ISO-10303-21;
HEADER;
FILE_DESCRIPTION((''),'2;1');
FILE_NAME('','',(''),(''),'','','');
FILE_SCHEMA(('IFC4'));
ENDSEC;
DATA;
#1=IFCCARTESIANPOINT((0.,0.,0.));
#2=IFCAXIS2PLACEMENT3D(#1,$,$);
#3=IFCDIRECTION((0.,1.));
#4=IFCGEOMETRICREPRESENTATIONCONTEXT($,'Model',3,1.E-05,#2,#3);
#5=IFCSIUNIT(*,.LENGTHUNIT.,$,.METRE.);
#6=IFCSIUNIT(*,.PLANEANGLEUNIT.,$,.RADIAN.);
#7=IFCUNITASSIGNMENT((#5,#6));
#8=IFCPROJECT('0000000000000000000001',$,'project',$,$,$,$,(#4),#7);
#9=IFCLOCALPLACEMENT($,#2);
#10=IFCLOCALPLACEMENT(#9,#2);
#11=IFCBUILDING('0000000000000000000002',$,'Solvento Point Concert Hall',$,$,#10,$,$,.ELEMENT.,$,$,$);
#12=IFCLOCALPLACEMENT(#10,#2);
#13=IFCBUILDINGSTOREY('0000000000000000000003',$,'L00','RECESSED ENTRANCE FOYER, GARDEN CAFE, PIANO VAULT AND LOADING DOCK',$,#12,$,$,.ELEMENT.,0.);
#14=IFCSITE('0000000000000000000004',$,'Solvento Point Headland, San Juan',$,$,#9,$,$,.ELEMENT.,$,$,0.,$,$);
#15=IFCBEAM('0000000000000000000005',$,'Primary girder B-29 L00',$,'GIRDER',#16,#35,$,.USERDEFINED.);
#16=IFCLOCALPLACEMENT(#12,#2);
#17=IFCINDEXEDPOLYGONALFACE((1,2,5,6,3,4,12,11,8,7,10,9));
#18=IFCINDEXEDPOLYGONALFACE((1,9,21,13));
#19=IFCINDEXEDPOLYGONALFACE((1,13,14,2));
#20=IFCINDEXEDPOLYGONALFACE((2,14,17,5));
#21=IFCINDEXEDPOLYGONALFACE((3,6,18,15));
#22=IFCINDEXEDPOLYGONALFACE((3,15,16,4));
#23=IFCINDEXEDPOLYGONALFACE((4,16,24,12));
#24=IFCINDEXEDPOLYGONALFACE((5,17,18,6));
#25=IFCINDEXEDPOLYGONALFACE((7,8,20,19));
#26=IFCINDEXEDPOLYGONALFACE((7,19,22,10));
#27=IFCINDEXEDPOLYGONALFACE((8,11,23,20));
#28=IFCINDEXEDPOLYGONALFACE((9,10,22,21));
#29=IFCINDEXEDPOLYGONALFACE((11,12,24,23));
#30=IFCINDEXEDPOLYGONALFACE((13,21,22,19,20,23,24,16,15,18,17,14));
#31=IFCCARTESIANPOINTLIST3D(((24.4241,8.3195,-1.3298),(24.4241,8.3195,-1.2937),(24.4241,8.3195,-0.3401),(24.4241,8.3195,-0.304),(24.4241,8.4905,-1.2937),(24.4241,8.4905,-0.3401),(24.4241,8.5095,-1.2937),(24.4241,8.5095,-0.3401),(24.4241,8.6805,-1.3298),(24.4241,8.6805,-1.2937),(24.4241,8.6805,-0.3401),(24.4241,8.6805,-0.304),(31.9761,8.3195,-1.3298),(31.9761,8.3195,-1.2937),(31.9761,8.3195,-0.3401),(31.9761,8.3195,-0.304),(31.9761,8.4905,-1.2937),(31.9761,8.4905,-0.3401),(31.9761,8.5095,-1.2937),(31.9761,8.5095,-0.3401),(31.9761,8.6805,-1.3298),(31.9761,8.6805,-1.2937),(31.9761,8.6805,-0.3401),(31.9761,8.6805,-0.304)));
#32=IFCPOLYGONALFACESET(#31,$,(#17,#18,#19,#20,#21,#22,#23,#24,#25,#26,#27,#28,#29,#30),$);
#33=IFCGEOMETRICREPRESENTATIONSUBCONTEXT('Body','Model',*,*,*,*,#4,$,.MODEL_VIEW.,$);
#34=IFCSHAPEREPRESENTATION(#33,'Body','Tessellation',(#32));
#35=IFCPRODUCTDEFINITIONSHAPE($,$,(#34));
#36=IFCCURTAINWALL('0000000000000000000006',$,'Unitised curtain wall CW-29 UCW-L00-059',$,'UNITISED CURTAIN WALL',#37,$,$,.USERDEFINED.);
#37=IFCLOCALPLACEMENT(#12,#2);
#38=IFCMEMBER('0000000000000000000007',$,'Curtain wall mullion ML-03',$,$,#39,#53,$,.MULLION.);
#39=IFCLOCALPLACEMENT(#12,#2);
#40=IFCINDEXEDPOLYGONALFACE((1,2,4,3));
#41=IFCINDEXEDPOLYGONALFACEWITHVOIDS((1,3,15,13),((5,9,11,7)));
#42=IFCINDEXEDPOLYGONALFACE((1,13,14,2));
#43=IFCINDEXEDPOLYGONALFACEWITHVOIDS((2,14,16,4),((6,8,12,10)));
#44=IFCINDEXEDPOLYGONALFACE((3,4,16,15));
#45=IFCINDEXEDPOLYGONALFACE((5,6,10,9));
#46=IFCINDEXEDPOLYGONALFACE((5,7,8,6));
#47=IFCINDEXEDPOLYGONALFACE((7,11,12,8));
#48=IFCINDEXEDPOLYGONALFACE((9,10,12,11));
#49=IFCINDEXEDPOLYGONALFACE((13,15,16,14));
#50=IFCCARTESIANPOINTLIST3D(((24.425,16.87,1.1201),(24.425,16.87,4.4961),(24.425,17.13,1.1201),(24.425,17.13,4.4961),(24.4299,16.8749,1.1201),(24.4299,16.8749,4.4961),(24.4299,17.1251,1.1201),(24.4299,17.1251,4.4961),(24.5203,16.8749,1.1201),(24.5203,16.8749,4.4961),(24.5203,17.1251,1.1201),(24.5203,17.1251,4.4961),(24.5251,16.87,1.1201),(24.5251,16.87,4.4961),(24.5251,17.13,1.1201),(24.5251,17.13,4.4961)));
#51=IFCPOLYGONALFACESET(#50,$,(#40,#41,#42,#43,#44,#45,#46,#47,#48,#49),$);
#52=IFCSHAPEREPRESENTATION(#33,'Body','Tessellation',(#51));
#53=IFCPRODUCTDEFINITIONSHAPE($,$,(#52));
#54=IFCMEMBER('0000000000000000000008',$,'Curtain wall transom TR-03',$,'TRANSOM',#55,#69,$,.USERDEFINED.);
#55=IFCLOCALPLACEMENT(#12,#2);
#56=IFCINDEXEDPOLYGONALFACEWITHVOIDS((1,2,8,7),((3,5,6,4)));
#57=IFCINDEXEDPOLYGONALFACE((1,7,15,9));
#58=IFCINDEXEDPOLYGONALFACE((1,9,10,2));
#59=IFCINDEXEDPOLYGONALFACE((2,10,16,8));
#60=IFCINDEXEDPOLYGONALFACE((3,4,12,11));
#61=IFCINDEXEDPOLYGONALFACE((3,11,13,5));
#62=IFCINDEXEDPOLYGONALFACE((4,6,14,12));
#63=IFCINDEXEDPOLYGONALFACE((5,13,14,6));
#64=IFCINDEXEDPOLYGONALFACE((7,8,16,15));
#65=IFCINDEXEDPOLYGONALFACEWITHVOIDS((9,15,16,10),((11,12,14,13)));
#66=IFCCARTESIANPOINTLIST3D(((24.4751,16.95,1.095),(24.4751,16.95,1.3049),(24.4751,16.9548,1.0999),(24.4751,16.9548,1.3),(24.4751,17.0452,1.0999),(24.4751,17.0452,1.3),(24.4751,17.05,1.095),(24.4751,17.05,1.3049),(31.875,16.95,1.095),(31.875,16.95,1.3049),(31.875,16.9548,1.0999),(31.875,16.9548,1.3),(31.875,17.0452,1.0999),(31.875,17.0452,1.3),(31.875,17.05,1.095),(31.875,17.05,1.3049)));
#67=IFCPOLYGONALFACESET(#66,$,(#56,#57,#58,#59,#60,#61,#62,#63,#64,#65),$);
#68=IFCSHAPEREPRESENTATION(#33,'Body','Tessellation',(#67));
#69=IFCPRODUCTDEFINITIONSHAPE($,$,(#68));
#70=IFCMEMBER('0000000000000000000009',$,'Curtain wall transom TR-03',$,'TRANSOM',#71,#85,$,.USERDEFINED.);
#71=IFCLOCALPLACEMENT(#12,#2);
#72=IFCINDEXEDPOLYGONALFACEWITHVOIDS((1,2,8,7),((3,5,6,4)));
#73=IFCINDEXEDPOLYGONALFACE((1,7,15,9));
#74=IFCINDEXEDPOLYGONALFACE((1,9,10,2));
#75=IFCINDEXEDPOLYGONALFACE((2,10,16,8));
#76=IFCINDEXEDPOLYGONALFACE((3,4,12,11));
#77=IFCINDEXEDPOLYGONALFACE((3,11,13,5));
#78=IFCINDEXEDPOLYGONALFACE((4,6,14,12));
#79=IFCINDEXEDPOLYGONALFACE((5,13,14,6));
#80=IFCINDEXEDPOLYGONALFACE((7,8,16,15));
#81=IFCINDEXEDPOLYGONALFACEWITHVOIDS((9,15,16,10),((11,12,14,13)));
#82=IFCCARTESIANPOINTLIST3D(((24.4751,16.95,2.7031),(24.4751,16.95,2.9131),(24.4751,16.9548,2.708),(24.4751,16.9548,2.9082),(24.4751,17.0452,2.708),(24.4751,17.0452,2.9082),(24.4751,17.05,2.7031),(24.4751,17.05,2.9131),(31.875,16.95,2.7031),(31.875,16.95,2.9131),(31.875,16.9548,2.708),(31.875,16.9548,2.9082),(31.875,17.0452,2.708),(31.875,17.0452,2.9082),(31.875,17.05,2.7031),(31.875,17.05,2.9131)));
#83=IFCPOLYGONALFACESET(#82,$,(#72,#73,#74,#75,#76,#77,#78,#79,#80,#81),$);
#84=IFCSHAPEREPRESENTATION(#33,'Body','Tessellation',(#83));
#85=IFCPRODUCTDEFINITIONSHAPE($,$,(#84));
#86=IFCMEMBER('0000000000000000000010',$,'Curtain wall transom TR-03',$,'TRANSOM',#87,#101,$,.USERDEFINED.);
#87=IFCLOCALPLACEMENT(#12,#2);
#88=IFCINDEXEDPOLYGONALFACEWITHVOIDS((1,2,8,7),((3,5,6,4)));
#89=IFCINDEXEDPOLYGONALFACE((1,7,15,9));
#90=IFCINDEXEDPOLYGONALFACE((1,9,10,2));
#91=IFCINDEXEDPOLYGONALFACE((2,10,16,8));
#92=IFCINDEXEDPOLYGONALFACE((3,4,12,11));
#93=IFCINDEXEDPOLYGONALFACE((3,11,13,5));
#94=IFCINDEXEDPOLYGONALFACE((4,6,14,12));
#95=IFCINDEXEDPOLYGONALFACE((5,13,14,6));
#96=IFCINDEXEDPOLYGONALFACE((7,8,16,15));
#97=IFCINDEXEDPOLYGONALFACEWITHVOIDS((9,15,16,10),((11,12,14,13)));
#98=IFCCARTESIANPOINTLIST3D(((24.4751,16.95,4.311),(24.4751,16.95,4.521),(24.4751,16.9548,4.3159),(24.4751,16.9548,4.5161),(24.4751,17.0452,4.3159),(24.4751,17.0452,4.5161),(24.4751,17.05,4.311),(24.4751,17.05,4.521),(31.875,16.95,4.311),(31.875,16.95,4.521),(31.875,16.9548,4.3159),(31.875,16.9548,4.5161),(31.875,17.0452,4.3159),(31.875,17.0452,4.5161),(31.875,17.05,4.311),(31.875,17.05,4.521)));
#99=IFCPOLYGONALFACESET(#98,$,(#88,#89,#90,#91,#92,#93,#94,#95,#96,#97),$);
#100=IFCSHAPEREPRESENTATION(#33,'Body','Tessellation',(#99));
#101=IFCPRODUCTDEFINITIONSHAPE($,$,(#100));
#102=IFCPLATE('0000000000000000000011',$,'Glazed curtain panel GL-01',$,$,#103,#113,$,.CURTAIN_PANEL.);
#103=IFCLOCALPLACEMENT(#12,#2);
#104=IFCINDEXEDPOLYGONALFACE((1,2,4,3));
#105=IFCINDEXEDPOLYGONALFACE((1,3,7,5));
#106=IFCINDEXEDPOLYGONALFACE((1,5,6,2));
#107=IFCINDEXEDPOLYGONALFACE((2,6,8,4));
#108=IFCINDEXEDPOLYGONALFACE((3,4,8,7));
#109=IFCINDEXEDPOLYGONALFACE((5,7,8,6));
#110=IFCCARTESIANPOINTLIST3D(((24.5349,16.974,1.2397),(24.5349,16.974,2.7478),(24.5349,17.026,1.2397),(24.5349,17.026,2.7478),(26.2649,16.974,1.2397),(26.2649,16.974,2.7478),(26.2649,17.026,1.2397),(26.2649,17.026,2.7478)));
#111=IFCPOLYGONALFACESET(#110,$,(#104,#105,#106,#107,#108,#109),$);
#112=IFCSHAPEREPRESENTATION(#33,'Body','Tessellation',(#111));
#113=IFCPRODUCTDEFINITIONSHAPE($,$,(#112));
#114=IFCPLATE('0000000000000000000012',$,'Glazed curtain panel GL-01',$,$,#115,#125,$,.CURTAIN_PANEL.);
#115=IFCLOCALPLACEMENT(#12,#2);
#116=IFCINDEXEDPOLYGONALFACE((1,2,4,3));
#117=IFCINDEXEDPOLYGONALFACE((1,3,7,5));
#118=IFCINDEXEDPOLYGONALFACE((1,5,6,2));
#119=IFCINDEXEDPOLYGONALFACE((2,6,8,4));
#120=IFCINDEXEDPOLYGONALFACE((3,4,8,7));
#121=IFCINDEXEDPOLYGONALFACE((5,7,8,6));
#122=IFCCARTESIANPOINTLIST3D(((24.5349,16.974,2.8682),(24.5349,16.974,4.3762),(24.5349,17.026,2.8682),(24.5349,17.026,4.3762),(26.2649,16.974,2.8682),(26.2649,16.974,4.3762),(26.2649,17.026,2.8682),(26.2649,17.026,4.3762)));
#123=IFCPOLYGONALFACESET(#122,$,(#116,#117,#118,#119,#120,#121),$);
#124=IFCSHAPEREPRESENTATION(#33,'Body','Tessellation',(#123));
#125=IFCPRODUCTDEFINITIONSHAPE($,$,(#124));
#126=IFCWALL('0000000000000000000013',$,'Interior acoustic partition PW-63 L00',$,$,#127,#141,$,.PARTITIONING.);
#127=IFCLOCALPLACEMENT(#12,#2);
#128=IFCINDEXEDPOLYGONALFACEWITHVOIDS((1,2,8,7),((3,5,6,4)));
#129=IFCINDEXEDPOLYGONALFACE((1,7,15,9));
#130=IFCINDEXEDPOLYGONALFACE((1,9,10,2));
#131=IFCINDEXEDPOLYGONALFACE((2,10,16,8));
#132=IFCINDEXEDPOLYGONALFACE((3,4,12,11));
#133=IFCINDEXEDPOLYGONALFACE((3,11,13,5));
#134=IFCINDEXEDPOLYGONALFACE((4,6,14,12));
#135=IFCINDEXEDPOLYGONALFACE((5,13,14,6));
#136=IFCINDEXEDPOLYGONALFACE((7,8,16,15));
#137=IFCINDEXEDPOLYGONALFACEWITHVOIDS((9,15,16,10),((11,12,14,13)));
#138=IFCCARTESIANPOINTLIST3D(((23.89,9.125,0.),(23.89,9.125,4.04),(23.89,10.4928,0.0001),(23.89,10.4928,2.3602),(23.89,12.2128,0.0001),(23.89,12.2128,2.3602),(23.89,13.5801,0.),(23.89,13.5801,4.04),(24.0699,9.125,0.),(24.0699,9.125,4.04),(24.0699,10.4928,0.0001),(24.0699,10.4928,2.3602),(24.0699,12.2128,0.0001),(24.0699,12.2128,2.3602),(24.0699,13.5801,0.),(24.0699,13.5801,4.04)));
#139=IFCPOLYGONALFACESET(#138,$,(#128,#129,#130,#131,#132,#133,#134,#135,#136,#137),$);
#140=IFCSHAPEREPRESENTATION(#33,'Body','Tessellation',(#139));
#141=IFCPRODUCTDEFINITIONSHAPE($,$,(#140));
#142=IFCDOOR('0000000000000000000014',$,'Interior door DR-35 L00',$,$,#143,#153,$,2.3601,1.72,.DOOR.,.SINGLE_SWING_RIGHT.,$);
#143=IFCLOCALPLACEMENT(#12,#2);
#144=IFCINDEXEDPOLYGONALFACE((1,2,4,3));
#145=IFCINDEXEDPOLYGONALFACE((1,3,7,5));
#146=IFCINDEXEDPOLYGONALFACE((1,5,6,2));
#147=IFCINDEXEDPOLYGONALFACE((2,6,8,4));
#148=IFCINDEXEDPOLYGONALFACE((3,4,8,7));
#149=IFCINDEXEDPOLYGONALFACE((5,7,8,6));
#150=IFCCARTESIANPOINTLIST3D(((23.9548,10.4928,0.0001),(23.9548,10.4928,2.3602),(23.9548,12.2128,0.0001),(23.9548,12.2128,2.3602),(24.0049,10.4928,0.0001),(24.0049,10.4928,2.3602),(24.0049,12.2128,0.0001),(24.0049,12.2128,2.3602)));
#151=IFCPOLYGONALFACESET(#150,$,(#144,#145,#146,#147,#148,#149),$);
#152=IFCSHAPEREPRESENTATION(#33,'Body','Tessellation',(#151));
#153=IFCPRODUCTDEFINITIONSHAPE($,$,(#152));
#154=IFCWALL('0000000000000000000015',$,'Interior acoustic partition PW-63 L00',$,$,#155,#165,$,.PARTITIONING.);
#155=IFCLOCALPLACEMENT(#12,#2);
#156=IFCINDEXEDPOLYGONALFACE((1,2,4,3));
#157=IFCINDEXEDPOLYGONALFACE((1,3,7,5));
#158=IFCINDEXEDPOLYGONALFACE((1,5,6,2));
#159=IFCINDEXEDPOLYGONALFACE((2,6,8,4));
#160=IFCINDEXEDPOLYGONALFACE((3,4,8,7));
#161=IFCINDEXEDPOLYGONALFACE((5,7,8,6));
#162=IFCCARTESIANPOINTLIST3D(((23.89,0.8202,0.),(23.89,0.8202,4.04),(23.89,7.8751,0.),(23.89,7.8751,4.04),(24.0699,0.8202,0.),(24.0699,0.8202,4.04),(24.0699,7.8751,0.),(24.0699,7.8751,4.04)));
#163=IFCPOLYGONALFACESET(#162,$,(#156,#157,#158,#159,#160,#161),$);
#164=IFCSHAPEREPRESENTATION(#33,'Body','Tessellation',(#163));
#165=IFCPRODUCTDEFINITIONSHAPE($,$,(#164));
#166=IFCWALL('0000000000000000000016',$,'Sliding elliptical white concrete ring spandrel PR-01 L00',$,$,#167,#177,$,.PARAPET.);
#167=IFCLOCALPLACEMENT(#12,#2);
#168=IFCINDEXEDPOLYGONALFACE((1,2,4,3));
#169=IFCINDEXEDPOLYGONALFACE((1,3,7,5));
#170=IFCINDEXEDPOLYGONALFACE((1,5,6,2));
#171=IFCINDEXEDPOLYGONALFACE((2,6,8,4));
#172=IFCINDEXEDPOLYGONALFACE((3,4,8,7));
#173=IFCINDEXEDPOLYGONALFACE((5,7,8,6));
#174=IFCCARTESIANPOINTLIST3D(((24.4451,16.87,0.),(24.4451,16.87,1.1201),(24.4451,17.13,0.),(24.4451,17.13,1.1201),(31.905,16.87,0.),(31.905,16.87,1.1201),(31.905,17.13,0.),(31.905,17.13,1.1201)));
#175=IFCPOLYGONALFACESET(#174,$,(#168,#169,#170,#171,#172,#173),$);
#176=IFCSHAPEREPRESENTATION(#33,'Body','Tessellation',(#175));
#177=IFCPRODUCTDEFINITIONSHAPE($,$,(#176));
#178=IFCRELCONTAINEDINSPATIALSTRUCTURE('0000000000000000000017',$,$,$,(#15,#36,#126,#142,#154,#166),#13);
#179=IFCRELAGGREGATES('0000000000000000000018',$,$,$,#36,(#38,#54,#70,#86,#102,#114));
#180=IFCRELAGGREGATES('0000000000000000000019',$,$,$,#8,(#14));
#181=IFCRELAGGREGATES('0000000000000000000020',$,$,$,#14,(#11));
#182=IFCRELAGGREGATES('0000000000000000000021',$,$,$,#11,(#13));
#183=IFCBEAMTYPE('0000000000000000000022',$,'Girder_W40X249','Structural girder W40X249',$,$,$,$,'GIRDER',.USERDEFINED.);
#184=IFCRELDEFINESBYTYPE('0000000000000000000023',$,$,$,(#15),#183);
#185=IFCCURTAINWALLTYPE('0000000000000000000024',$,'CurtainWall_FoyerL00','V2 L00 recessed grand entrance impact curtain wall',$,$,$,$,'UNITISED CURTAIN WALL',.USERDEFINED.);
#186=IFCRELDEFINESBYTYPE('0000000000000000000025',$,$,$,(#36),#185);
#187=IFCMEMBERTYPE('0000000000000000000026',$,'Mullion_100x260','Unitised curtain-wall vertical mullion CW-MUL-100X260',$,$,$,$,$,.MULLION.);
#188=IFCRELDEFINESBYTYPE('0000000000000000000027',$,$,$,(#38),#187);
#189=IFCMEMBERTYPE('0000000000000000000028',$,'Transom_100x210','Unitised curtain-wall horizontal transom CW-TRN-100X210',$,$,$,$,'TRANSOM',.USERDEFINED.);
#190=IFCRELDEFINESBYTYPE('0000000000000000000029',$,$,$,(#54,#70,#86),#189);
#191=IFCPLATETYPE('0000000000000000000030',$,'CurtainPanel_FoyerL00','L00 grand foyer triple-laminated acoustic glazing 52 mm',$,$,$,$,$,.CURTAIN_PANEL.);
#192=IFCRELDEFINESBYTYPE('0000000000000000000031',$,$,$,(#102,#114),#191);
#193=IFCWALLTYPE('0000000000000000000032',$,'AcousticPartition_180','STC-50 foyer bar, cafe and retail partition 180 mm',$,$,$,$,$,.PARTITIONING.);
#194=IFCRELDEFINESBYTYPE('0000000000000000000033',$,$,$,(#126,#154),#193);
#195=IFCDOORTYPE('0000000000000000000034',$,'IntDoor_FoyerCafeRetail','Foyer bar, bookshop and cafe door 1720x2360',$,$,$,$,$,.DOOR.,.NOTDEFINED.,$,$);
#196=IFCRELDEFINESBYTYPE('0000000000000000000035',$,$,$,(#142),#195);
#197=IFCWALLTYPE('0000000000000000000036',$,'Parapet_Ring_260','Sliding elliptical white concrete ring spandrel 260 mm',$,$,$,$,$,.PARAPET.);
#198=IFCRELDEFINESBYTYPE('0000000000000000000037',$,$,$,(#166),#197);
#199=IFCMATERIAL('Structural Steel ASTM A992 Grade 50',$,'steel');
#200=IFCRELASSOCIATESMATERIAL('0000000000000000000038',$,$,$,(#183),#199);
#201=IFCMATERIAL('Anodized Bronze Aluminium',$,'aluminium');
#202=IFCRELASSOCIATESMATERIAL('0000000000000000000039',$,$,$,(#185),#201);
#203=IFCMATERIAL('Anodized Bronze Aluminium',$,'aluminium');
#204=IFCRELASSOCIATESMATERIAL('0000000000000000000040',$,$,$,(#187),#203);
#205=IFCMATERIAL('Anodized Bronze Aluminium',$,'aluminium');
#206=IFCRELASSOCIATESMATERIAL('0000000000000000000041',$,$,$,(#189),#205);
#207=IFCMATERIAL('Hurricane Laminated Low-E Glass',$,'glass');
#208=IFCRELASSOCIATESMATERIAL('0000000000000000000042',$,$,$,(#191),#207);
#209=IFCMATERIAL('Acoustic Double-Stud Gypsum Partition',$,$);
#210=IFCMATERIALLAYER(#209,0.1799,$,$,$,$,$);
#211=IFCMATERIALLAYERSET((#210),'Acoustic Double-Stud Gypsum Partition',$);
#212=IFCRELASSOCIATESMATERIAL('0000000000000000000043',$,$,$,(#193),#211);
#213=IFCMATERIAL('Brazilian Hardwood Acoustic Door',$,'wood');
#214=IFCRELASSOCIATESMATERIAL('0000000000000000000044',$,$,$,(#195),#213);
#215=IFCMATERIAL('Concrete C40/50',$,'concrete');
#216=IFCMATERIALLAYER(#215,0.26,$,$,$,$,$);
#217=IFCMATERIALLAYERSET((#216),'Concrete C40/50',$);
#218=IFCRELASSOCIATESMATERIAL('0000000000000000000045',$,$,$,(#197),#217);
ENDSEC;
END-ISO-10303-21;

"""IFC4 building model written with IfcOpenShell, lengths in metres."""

from ifc_helpers import new_model, si_unit, direction, frame, frame_2d, origin, origin_2d, place, context, subcontext, project, spatial, rectangle, hollow_rectangle, i_section, extrude, material, layer, layer_set, material_profile, profile_set, type_object, element, fill, aggregate, save


model = new_model("IFC4")

# Units and contexts
model_context = context("Model", 3, precision=1e-05, world=origin(), true_north=direction((0.0, 1.0)))
body_context = subcontext(model_context, "Body", "Model", "MODEL_VIEW")
ifc_project = project(units=[si_unit("LENGTHUNIT", "METRE"), si_unit("PLANEANGLEUNIT", "RADIAN")], contexts=[model_context])

# Site, building, storey
site_placement = place(None, origin())
site = spatial("IfcSite", under=ifc_project, at=site_placement, Name="Solvento Point Headland, San Juan", CompositionType="ELEMENT", RefElevation=0.0)
building_placement = place(site_placement, origin())
building = spatial("IfcBuilding", under=site, at=building_placement, Name="Solvento Point Concert Hall", CompositionType="ELEMENT")
storey_placement = place(building_placement, origin())
storey = spatial("IfcBuildingStorey", under=building, at=storey_placement, Name="L00", Description="RECESSED ENTRANCE FOYER, GARDEN CAFE, PIANO VAULT AND LOADING DOCK", CompositionType="ELEMENT", Elevation=0.0)

# Beam
ifc_material_1 = material(Name="Structural Steel ASTM A992 Grade 50", Category="steel")
ifc_material_profile_1 = material_profile(ifc_material_1, i_section(OverallWidth=0.3611, OverallDepth=1.0259, WebThickness=0.019, FlangeThickness=0.0361, at=origin_2d()), Name="W40X249")
ifc_profile_set_1 = profile_set([ifc_material_profile_1], Name="Structural Steel ASTM A992 Grade 50")
beam_type_1 = type_object("IfcBeamType", Name="Girder_W40X249", Description="Structural girder W40X249", ElementType="GIRDER", PredefinedType="USERDEFINED", material=ifc_profile_set_1)
beam_1_placement = place(storey_placement, frame((24.4241, 8.5, -0.8169), z_axis=(1.0, 0.0, 0.0), x_axis=(0.0, 1.0, 0.0)))
element("IfcBeam", 1, at=beam_1_placement, inside=storey, type_object=beam_type_1, Name="Primary girder B-29 L00", ObjectType="GIRDER", PredefinedType="USERDEFINED", context=body_context, shape_type="SweptSolid", body=[
    extrude(i_section(OverallWidth=0.3611, OverallDepth=1.0259, WebThickness=0.019, FlangeThickness=0.0361, at=origin_2d()), origin(), (0.0, 0.0, 1.0), 7.552),
])

# Curtain wall, members, plates
ifc_material_2 = material(Name="Anodized Bronze Aluminium", Category="aluminium")
curtain_wall_type = type_object("IfcCurtainWallType", Name="CurtainWall_FoyerL00", Description="V2 L00 recessed grand entrance impact curtain wall", ElementType="UNITISED CURTAIN WALL", PredefinedType="USERDEFINED", material=ifc_material_2)
curtain_wall_placement = place(storey_placement, origin())
curtain_wall = element("IfcCurtainWall", 2, at=curtain_wall_placement, inside=storey, type_object=curtain_wall_type, Name="Unitised curtain wall CW-29 UCW-L00-059", ObjectType="UNITISED CURTAIN WALL", PredefinedType="USERDEFINED")
ifc_material_3 = material(Name="Anodized Bronze Aluminium", Category="aluminium")
ifc_material_profile_2 = material_profile(ifc_material_3, hollow_rectangle(XDim=0.1001, YDim=0.26, WallThickness=0.0049, at=origin_2d()), Name="CW-MUL-100X260")
ifc_profile_set_2 = profile_set([ifc_material_profile_2], Name="Anodized Bronze Aluminium")
member_type_1 = type_object("IfcMemberType", Name="Mullion_100x260", Description="Unitised curtain-wall vertical mullion CW-MUL-100X260", PredefinedType="MULLION", material=ifc_profile_set_2)
member_1_placement = place(storey_placement, frame((24.4751, 17.0, 1.1201), z_axis=(0.0, 0.0, 1.0), x_axis=(1.0, 0.0, 0.0)))
member_1 = element("IfcMember", 3, at=member_1_placement, type_object=member_type_1, Name="Curtain wall mullion ML-03", PredefinedType="MULLION", context=body_context, shape_type="SweptSolid", body=[
    extrude(hollow_rectangle(XDim=0.1001, YDim=0.26, WallThickness=0.0049, at=origin_2d()), origin(), (0.0, 0.0, 1.0), 3.376),
])
ifc_material_4 = material(Name="Anodized Bronze Aluminium", Category="aluminium")
ifc_material_profile_3 = material_profile(ifc_material_4, hollow_rectangle(XDim=0.1001, YDim=0.21, WallThickness=0.0049, at=origin_2d()), Name="CW-TRN-100X210")
ifc_profile_set_3 = profile_set([ifc_material_profile_3], Name="Anodized Bronze Aluminium")
member_type_2 = type_object("IfcMemberType", Name="Transom_100x210", Description="Unitised curtain-wall horizontal transom CW-TRN-100X210", ElementType="TRANSOM", PredefinedType="USERDEFINED", material=ifc_profile_set_3)
member_2_placement = place(storey_placement, frame((24.4751, 17.0, 1.2), z_axis=(1.0, 0.0, 0.0), x_axis=(0.0, 1.0, 0.0)))
member_2 = element("IfcMember", 4, at=member_2_placement, type_object=member_type_2, Name="Curtain wall transom TR-03", ObjectType="TRANSOM", PredefinedType="USERDEFINED", context=body_context, shape_type="SweptSolid", body=[
    extrude(hollow_rectangle(XDim=0.1001, YDim=0.21, WallThickness=0.0049, at=origin_2d()), origin(), (0.0, 0.0, 1.0), 7.3999),
])
member_3_placement = place(storey_placement, frame((24.4751, 17.0, 2.8081), z_axis=(1.0, 0.0, 0.0), x_axis=(0.0, 1.0, 0.0)))
member_3 = element("IfcMember", 5, at=member_3_placement, type_object=member_type_2, Name="Curtain wall transom TR-03", ObjectType="TRANSOM", PredefinedType="USERDEFINED", context=body_context, shape_type="SweptSolid", body=[
    extrude(hollow_rectangle(XDim=0.1001, YDim=0.21, WallThickness=0.0049, at=origin_2d()), origin(), (0.0, 0.0, 1.0), 7.3999),
])
member_4_placement = place(storey_placement, frame((24.4751, 17.0, 4.416), z_axis=(1.0, 0.0, 0.0), x_axis=(0.0, 1.0, 0.0)))
member_4 = element("IfcMember", 6, at=member_4_placement, type_object=member_type_2, Name="Curtain wall transom TR-03", ObjectType="TRANSOM", PredefinedType="USERDEFINED", context=body_context, shape_type="SweptSolid", body=[
    extrude(hollow_rectangle(XDim=0.1001, YDim=0.21, WallThickness=0.0049, at=origin_2d()), origin(), (0.0, 0.0, 1.0), 7.3999),
])
ifc_material_5 = material(Name="Hurricane Laminated Low-E Glass", Category="glass")
plate_type = type_object("IfcPlateType", Name="CurtainPanel_FoyerL00", Description="L00 grand foyer triple-laminated acoustic glazing 52 mm", PredefinedType="CURTAIN_PANEL", material=ifc_material_5)
plate_1_placement = place(storey_placement, frame((25.3999, 17.0, 1.2397), z_axis=(0.0, 0.0, 1.0), x_axis=(1.0, 0.0, 0.0)))
plate_1 = element("IfcPlate", 7, at=plate_1_placement, type_object=plate_type, Name="Glazed curtain panel GL-01", PredefinedType="CURTAIN_PANEL", context=body_context, shape_type="SweptSolid", body=[
    extrude(rectangle(XDim=1.73, YDim=0.052, at=origin_2d()), origin(), (0.0, 0.0, 1.0), 1.5081),
])
plate_2_placement = place(storey_placement, frame((25.3999, 17.0, 2.8682), z_axis=(0.0, 0.0, 1.0), x_axis=(1.0, 0.0, 0.0)))
plate_2 = element("IfcPlate", 8, at=plate_2_placement, type_object=plate_type, Name="Glazed curtain panel GL-01", PredefinedType="CURTAIN_PANEL", context=body_context, shape_type="SweptSolid", body=[
    extrude(rectangle(XDim=1.73, YDim=0.052, at=origin_2d()), origin(), (0.0, 0.0, 1.0), 1.5081),
])
aggregate(curtain_wall, [member_1, member_2, member_3, member_4, plate_1, plate_2])

# Wall, opening, door
ifc_material_6 = material(Name="Acoustic Double-Stud Gypsum Partition")
ifc_layer_1 = layer(ifc_material_6, 0.1799)
ifc_layer_set_1 = layer_set([ifc_layer_1], Name="Acoustic Double-Stud Gypsum Partition")
wall_type_1 = type_object("IfcWallType", Name="AcousticPartition_180", Description="STC-50 foyer bar, cafe and retail partition 180 mm", PredefinedType="PARTITIONING", material=ifc_layer_set_1)
wall_1_placement = place(storey_placement, frame((23.98, 13.5801, 0.0), z_axis=(0.0, 0.0, 1.0), x_axis=(0.0, -1.0, 0.0)))
wall_1 = element("IfcWall", 9, at=wall_1_placement, inside=storey, type_object=wall_type_1, Name="Interior acoustic partition PW-63 L00", PredefinedType="PARTITIONING", context=body_context, shape_type="SweptSolid", body=[
    extrude(rectangle(XDim=4.4551, YDim=0.1799, at=frame_2d((2.2275, 0.0))), origin(), (0.0, 0.0, 1.0), 4.04),
])
opening_1_placement = place(wall_1_placement, frame((1.3674, 0.0, 0.0)))
opening_1 = element("IfcOpeningElement", 10, at=opening_1_placement, cuts=wall_1, PredefinedType="OPENING", context=body_context, shape_type="SweptSolid", body=[
    extrude(rectangle(XDim=1.72, YDim=2.3601, at=frame_2d((0.8599, 1.1802))), frame((0.0, 0.0999, 0.0), z_axis=(0.0, -1.0, 0.0), x_axis=(1.0, 0.0, 0.0)), (0.0, 0.0, 1.0), 0.2),
])
ifc_material_7 = material(Name="Brazilian Hardwood Acoustic Door", Category="wood")
door_type_1 = type_object("IfcDoorType", Name="IntDoor_FoyerCafeRetail", Description="Foyer bar, bookshop and cafe door 1720x2360", OperationType="NOTDEFINED", PredefinedType="DOOR", material=ifc_material_7)
door_1_placement = place(opening_1_placement, origin())
door_1 = element("IfcDoor", 11, at=door_1_placement, inside=storey, type_object=door_type_1, Name="Interior door DR-35 L00", OperationType="SINGLE_SWING_RIGHT", OverallHeight=2.3601, OverallWidth=1.72, PredefinedType="DOOR", context=body_context, shape_type="SweptSolid", body=[
    extrude(rectangle(XDim=1.72, YDim=2.3601, at=frame_2d((0.8599, 1.1802))), frame((0.0, 0.0249, 0.0), z_axis=(0.0, -1.0, 0.0), x_axis=(1.0, 0.0, 0.0)), (0.0, 0.0, 1.0), 0.05),
])
fill(opening_1, door_1)

# Wall
for number, where, z_axis, x_axis, name in (
    (12, (23.98, 7.875, 0.0), (0.0, 0.0, 1.0), (0.0, -1.0, 0.0), "Interior acoustic partition PW-63 L00"),
):
    element("IfcWall", number, at=place(storey_placement, frame(where, z_axis=z_axis, x_axis=x_axis)), inside=storey, type_object=wall_type_1, Name=name, PredefinedType="PARTITIONING", context=body_context, shape_type="SweptSolid", body=[
        extrude(rectangle(XDim=7.0549, YDim=0.1799, at=frame_2d((3.5273, 0.0))), origin(), (0.0, 0.0, 1.0), 4.04),
    ])

# Wall
ifc_material_8 = material(Name="Concrete C40/50", Category="concrete")
ifc_layer_2 = layer(ifc_material_8, 0.26)
ifc_layer_set_2 = layer_set([ifc_layer_2], Name="Concrete C40/50")
wall_type_2 = type_object("IfcWallType", Name="Parapet_Ring_260", Description="Sliding elliptical white concrete ring spandrel 260 mm", PredefinedType="PARAPET", material=ifc_layer_set_2)
wall_2_placement = place(storey_placement, frame((24.4451, 17.0, 0.0), z_axis=(0.0, 0.0, 1.0), x_axis=(1.0, 0.0, 0.0)))
element("IfcWall", 13, at=wall_2_placement, inside=storey, type_object=wall_type_2, Name="Sliding elliptical white concrete ring spandrel PR-01 L00", PredefinedType="PARAPET", context=body_context, shape_type="SweptSolid", body=[
    extrude(rectangle(XDim=7.46, YDim=0.26, at=frame_2d((3.73, 0.0))), origin(), (0.0, 0.0, 1.0), 1.1201),
])

save(model, "model.ifc")
